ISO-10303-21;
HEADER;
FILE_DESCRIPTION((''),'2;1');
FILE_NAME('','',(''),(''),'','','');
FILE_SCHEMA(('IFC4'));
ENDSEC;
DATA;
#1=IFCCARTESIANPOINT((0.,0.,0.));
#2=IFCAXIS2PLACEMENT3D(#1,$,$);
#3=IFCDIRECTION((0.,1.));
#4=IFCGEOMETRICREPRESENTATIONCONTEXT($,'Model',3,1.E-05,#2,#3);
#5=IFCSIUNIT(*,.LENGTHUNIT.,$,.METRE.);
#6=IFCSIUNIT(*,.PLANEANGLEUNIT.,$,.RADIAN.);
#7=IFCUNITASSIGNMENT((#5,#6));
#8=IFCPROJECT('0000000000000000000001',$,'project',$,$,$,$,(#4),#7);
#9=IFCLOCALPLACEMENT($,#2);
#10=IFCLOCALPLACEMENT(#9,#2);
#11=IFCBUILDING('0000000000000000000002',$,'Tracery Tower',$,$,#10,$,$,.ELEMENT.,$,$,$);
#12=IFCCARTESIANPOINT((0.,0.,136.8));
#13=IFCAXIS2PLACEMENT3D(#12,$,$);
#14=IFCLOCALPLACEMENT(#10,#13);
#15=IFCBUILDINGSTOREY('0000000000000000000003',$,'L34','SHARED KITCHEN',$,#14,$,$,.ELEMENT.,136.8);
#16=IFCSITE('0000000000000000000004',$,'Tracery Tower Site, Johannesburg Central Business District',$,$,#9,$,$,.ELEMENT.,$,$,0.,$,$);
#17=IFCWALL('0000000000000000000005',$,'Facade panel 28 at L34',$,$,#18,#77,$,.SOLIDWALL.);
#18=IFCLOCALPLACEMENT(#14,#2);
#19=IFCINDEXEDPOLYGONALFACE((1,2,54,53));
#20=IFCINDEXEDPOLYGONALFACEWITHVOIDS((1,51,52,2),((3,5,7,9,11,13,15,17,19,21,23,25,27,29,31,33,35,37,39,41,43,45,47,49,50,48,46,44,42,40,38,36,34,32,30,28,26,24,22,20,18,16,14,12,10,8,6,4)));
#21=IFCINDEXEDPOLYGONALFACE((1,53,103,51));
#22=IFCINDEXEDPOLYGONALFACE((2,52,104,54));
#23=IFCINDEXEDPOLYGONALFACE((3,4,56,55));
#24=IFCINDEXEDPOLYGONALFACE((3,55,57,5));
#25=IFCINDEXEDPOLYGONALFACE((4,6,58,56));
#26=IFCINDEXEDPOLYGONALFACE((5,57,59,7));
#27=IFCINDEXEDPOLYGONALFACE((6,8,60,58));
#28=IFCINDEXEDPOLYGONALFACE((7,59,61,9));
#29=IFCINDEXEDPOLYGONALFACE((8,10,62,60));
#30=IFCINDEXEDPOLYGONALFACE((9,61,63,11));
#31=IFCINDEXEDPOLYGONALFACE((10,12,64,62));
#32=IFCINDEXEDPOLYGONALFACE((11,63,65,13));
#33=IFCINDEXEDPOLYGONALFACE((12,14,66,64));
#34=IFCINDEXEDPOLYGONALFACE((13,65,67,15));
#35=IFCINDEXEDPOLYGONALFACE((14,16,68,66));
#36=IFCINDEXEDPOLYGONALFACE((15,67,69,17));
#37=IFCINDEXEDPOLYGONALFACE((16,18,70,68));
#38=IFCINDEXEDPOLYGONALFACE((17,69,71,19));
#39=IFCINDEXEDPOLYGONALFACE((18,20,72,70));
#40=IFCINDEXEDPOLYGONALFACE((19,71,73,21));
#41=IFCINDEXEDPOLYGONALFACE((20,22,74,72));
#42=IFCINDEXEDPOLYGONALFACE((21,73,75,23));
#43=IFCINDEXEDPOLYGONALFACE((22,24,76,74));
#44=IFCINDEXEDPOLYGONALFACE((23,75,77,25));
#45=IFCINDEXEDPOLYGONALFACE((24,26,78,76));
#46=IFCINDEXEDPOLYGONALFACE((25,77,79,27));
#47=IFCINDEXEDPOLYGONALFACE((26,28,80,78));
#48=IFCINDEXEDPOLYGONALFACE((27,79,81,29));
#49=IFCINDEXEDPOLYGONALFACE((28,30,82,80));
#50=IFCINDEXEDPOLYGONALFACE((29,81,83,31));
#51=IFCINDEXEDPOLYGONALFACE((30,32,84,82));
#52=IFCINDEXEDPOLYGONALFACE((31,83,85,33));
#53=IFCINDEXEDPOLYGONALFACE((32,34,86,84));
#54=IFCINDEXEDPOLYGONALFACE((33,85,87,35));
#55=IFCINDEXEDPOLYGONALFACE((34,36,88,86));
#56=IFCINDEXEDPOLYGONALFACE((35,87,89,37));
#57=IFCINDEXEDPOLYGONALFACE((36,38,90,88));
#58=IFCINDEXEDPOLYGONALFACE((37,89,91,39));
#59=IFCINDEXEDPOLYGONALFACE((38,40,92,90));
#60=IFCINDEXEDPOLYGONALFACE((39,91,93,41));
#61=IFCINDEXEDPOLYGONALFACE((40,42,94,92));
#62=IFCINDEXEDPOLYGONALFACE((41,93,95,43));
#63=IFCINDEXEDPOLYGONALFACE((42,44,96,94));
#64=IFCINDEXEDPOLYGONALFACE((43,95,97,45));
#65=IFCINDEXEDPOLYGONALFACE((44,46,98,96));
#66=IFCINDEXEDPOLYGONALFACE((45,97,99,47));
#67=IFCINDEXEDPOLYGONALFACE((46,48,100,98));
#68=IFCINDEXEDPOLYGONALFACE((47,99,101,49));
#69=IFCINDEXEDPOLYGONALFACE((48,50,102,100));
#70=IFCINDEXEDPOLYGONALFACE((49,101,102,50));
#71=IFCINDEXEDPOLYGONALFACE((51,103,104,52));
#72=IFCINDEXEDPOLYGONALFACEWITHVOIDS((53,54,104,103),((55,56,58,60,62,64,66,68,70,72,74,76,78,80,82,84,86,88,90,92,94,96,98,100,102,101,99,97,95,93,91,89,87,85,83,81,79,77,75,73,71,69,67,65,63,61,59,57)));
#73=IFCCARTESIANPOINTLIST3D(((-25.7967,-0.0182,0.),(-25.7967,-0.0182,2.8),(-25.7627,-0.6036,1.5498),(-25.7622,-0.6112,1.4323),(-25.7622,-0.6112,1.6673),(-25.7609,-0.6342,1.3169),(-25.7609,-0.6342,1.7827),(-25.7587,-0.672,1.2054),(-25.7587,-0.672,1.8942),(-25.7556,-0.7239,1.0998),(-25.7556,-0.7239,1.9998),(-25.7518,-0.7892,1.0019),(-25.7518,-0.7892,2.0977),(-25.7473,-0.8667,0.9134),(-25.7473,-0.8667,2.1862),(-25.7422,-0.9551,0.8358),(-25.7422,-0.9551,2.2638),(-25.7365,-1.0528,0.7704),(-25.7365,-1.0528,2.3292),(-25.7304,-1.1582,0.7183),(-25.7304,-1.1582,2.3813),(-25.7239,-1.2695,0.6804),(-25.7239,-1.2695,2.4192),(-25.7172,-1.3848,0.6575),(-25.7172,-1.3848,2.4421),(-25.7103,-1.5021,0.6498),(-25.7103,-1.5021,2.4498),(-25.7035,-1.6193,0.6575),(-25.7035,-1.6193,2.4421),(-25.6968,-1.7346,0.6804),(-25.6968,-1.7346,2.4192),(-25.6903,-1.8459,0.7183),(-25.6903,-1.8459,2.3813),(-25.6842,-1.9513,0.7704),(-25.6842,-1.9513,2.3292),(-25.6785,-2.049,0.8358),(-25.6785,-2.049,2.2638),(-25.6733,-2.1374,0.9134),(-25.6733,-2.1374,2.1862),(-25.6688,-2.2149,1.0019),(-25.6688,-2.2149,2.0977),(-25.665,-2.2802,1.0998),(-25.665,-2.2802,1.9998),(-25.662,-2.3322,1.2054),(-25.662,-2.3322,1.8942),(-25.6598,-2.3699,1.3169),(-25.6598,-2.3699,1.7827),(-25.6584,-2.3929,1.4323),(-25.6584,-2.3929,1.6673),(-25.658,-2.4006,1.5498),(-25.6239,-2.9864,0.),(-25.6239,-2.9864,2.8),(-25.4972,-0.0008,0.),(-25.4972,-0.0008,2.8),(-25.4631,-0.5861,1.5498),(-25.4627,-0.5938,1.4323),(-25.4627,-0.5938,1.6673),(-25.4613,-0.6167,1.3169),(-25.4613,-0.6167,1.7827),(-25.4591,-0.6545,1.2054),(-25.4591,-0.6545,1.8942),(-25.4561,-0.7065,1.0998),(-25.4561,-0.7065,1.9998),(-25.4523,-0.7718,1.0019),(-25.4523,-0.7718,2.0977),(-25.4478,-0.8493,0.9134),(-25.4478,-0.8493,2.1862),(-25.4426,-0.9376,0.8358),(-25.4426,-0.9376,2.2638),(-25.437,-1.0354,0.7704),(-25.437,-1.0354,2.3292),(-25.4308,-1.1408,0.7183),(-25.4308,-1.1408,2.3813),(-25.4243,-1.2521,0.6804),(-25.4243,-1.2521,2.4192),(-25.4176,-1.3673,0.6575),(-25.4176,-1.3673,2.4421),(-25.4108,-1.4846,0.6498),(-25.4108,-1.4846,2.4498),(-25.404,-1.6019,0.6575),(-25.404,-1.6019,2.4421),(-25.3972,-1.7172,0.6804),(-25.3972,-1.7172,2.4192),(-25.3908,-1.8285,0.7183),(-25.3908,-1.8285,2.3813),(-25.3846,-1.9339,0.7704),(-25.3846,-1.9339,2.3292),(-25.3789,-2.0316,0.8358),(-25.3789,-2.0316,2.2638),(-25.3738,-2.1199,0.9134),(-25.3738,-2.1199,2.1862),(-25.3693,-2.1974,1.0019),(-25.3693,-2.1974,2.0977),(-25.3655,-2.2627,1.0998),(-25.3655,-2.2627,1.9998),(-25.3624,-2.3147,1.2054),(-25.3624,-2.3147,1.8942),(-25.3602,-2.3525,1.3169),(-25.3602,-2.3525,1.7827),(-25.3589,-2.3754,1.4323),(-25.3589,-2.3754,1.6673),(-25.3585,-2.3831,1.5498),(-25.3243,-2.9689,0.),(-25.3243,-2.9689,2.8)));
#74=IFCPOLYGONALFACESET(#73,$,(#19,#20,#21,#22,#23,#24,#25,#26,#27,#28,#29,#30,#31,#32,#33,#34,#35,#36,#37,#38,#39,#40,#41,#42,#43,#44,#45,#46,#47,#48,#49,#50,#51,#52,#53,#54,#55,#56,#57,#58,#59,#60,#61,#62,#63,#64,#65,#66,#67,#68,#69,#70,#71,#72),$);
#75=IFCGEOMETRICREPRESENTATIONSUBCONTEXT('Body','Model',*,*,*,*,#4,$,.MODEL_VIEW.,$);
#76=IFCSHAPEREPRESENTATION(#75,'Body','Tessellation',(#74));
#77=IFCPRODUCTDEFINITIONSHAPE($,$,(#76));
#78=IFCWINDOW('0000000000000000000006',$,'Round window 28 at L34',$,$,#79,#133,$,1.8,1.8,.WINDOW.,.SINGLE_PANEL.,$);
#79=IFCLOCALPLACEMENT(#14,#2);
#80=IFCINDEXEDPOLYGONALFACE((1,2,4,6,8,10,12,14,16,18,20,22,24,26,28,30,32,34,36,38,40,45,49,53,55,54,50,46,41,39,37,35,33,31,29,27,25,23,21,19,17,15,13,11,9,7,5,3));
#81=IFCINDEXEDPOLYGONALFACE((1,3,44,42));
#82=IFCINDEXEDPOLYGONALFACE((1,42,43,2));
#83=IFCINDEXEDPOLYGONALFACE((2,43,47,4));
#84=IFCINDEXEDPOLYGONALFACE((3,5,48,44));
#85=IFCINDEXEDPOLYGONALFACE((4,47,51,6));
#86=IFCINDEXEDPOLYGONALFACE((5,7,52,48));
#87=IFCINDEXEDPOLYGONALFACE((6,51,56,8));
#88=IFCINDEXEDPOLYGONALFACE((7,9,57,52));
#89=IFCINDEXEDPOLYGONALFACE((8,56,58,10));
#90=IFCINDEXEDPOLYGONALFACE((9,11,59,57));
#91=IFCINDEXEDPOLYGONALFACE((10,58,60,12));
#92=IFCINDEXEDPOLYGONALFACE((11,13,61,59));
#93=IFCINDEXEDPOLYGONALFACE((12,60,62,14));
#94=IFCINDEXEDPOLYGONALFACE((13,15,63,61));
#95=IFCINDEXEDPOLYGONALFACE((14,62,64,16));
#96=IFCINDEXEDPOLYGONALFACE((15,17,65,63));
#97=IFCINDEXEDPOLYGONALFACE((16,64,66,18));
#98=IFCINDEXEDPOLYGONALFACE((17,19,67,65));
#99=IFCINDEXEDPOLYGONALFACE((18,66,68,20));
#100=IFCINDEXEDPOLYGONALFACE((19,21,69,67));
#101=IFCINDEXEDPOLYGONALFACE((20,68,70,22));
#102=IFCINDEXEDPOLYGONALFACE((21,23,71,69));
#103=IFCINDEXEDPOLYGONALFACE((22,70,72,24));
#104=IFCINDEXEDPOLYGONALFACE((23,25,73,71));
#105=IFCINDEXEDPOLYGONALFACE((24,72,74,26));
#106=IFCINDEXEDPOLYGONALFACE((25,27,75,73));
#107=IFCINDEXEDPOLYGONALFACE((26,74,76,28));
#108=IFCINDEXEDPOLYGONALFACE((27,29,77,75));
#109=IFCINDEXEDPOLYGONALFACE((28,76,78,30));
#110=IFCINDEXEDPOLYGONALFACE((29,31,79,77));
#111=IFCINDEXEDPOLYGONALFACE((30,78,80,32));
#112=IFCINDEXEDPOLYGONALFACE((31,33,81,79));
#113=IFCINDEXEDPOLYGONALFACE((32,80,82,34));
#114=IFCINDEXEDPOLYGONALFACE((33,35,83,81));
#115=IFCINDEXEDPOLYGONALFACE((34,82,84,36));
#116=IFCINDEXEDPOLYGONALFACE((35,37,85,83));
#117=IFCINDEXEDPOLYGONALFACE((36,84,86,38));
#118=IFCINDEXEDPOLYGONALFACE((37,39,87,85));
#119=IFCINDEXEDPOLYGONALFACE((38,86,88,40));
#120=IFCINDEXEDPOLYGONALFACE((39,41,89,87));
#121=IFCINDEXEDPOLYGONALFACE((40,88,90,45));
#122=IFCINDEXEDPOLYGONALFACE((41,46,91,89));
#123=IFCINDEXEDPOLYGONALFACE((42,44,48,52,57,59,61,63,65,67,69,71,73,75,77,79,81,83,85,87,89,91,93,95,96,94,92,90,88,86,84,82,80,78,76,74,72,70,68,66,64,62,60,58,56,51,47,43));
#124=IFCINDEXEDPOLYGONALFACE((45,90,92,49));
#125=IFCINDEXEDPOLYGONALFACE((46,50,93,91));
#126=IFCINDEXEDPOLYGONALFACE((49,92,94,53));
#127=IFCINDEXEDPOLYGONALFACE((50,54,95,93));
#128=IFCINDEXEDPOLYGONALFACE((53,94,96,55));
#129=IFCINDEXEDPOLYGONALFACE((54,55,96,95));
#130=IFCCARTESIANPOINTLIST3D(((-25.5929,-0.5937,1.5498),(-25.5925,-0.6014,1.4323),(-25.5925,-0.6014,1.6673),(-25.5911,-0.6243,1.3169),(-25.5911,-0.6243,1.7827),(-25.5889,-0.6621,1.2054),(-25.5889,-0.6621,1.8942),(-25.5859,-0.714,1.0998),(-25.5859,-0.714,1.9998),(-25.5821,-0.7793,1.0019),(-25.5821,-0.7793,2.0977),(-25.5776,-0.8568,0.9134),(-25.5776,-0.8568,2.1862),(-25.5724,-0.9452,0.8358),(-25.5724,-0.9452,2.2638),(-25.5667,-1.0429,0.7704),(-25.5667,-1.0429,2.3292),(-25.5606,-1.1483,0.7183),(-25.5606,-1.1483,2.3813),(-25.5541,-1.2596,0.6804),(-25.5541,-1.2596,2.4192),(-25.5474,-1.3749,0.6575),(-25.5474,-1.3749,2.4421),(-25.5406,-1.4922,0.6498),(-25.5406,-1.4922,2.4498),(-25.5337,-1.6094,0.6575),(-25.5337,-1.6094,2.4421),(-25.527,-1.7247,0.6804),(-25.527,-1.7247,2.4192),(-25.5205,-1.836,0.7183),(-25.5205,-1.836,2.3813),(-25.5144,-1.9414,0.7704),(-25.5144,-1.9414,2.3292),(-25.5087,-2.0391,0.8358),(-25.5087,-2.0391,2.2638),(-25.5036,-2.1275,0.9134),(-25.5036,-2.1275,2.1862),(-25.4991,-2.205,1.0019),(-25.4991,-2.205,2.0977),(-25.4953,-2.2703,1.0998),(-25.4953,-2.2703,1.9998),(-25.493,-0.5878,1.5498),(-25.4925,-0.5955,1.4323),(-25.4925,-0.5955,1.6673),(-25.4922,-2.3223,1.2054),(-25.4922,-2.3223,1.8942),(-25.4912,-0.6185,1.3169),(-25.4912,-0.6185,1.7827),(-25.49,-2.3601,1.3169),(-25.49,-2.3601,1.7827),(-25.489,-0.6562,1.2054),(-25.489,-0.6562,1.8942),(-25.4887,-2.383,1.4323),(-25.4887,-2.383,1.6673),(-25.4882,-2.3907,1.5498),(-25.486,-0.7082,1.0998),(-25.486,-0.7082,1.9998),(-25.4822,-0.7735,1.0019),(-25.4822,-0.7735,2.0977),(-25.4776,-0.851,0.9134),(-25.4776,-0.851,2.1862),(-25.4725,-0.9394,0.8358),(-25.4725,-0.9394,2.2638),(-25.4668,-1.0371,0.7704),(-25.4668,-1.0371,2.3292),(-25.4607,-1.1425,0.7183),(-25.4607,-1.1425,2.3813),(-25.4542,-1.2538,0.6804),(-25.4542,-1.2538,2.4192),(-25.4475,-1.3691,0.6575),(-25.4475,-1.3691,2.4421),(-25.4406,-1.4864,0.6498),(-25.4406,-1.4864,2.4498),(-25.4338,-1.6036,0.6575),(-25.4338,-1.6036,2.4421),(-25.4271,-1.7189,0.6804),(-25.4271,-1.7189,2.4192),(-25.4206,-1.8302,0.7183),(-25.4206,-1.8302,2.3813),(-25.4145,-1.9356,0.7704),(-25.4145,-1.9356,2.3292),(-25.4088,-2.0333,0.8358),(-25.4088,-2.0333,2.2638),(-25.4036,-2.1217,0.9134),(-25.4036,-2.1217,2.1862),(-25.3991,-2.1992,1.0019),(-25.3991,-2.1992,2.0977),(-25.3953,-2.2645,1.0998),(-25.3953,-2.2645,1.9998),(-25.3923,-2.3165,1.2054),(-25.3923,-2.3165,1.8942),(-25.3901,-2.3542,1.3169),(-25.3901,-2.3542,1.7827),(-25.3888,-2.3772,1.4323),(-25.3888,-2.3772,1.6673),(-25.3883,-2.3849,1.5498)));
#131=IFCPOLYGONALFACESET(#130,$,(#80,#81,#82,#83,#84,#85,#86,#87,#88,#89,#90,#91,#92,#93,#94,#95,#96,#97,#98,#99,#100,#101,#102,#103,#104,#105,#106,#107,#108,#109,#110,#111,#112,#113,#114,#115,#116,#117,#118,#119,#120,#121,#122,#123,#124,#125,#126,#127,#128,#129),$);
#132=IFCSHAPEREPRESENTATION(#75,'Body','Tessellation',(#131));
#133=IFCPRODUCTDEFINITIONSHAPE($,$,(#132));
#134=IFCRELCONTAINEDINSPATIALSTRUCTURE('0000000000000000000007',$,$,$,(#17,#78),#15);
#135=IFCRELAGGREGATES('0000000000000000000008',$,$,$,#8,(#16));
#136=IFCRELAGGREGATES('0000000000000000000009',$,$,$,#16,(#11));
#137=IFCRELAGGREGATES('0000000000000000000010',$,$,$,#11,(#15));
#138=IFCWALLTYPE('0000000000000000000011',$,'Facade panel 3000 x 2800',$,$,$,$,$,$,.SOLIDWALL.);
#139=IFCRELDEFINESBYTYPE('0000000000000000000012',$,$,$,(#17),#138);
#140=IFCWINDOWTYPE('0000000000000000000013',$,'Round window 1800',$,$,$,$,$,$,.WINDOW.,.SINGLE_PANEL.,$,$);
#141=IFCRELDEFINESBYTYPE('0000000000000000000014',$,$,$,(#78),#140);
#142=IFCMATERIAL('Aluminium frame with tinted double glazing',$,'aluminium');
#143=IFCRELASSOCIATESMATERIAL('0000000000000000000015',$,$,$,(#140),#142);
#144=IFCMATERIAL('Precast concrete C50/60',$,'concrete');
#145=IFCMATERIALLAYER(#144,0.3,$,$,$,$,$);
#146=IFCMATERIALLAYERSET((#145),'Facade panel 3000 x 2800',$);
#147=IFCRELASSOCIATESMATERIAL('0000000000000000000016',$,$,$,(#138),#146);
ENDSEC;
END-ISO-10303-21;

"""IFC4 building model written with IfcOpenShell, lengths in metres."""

from ifc_helpers import new_model, si_unit, direction, frame, frame_2d, origin, origin_2d, place, context, subcontext, project, spatial, rectangle, circle, extrude, material, layer, layer_set, type_object, element, fill, save


model = new_model("IFC4")

# Units and contexts
model_context = context("Model", 3, precision=1e-05, world=origin(), true_north=direction((0.0, 1.0)))
body_context = subcontext(model_context, "Body", "Model", "MODEL_VIEW")
ifc_project = project(units=[si_unit("LENGTHUNIT", "METRE"), si_unit("PLANEANGLEUNIT", "RADIAN")], contexts=[model_context])

# Site, building, storey
site_placement = place(None, origin())
site = spatial("IfcSite", under=ifc_project, at=site_placement, Name="Tracery Tower Site, Johannesburg Central Business District", CompositionType="ELEMENT", RefElevation=0.0)
building_placement = place(site_placement, origin())
building = spatial("IfcBuilding", under=site, at=building_placement, Name="Tracery Tower", CompositionType="ELEMENT")
storey_placement = place(building_placement, frame((0.0, 0.0, 136.8)))
storey = spatial("IfcBuildingStorey", under=building, at=storey_placement, Name="L34", Description="SHARED KITCHEN", CompositionType="ELEMENT", Elevation=136.8)

# Wall, opening, window
ifc_material_1 = material(Name="Aluminium frame with tinted double glazing", Category="aluminium")
window_type = type_object("IfcWindowType", Name="Round window 1800", PartitioningType="SINGLE_PANEL", PredefinedType="WINDOW", material=ifc_material_1)
ifc_material_2 = material(Name="Precast concrete C50/60", Category="concrete")
ifc_layer_1 = layer(ifc_material_2, 0.3)
ifc_layer_set_1 = layer_set([ifc_layer_1], Name="Facade panel 3000 x 2800")
wall_type_1 = type_object("IfcWallType", Name="Facade panel 3000 x 2800", PredefinedType="SOLIDWALL", material=ifc_layer_set_1)
wall_1_placement = place(storey_placement, frame((-25.647, -0.0095, 0.0), z_axis=(0.0, 0.0, 1.0), x_axis=(0.05814, -0.998308, 0.0)))
wall_1 = element("IfcWall", 1, at=wall_1_placement, inside=storey, type_object=wall_type_1, Name="Facade panel 28 at L34", PredefinedType="SOLIDWALL", context=body_context, shape_type="SweptSolid", body=[
    extrude(rectangle(XDim=2.9731, YDim=0.3, at=frame_2d((1.4866, 0.0))), origin(), (0.0, 0.0, 1.0), 2.8),
])
opening_1_placement = place(wall_1_placement, frame((1.4863, 0.0, 1.5498)))
opening_1 = element("IfcOpeningElement", 2, at=opening_1_placement, cuts=wall_1, PredefinedType="OPENING", context=body_context, shape_type="SweptSolid", body=[
    extrude(circle(Radius=0.9, at=origin_2d()), frame((0.0, 0.1599, 0.0), z_axis=(0.0, -1.0, 0.0), x_axis=(1.0, 0.0, 0.0)), (0.0, 0.0, 1.0), 0.3201),
])
window_1_placement = place(opening_1_placement, origin())
window_1 = element("IfcWindow", 3, at=window_1_placement, inside=storey, type_object=window_type, Name="Round window 28 at L34", OverallHeight=1.8, OverallWidth=1.8, PartitioningType="SINGLE_PANEL", PredefinedType="WINDOW", context=body_context, shape_type="SweptSolid", body=[
    extrude(circle(Radius=0.9, at=origin_2d()), frame((0.0, 0.1201, 0.0), z_axis=(0.0, -1.0, 0.0), x_axis=(1.0, 0.0, 0.0)), (0.0, 0.0, 1.0), 0.1001),
])
fill(opening_1, window_1)

save(model, "model.ifc")
